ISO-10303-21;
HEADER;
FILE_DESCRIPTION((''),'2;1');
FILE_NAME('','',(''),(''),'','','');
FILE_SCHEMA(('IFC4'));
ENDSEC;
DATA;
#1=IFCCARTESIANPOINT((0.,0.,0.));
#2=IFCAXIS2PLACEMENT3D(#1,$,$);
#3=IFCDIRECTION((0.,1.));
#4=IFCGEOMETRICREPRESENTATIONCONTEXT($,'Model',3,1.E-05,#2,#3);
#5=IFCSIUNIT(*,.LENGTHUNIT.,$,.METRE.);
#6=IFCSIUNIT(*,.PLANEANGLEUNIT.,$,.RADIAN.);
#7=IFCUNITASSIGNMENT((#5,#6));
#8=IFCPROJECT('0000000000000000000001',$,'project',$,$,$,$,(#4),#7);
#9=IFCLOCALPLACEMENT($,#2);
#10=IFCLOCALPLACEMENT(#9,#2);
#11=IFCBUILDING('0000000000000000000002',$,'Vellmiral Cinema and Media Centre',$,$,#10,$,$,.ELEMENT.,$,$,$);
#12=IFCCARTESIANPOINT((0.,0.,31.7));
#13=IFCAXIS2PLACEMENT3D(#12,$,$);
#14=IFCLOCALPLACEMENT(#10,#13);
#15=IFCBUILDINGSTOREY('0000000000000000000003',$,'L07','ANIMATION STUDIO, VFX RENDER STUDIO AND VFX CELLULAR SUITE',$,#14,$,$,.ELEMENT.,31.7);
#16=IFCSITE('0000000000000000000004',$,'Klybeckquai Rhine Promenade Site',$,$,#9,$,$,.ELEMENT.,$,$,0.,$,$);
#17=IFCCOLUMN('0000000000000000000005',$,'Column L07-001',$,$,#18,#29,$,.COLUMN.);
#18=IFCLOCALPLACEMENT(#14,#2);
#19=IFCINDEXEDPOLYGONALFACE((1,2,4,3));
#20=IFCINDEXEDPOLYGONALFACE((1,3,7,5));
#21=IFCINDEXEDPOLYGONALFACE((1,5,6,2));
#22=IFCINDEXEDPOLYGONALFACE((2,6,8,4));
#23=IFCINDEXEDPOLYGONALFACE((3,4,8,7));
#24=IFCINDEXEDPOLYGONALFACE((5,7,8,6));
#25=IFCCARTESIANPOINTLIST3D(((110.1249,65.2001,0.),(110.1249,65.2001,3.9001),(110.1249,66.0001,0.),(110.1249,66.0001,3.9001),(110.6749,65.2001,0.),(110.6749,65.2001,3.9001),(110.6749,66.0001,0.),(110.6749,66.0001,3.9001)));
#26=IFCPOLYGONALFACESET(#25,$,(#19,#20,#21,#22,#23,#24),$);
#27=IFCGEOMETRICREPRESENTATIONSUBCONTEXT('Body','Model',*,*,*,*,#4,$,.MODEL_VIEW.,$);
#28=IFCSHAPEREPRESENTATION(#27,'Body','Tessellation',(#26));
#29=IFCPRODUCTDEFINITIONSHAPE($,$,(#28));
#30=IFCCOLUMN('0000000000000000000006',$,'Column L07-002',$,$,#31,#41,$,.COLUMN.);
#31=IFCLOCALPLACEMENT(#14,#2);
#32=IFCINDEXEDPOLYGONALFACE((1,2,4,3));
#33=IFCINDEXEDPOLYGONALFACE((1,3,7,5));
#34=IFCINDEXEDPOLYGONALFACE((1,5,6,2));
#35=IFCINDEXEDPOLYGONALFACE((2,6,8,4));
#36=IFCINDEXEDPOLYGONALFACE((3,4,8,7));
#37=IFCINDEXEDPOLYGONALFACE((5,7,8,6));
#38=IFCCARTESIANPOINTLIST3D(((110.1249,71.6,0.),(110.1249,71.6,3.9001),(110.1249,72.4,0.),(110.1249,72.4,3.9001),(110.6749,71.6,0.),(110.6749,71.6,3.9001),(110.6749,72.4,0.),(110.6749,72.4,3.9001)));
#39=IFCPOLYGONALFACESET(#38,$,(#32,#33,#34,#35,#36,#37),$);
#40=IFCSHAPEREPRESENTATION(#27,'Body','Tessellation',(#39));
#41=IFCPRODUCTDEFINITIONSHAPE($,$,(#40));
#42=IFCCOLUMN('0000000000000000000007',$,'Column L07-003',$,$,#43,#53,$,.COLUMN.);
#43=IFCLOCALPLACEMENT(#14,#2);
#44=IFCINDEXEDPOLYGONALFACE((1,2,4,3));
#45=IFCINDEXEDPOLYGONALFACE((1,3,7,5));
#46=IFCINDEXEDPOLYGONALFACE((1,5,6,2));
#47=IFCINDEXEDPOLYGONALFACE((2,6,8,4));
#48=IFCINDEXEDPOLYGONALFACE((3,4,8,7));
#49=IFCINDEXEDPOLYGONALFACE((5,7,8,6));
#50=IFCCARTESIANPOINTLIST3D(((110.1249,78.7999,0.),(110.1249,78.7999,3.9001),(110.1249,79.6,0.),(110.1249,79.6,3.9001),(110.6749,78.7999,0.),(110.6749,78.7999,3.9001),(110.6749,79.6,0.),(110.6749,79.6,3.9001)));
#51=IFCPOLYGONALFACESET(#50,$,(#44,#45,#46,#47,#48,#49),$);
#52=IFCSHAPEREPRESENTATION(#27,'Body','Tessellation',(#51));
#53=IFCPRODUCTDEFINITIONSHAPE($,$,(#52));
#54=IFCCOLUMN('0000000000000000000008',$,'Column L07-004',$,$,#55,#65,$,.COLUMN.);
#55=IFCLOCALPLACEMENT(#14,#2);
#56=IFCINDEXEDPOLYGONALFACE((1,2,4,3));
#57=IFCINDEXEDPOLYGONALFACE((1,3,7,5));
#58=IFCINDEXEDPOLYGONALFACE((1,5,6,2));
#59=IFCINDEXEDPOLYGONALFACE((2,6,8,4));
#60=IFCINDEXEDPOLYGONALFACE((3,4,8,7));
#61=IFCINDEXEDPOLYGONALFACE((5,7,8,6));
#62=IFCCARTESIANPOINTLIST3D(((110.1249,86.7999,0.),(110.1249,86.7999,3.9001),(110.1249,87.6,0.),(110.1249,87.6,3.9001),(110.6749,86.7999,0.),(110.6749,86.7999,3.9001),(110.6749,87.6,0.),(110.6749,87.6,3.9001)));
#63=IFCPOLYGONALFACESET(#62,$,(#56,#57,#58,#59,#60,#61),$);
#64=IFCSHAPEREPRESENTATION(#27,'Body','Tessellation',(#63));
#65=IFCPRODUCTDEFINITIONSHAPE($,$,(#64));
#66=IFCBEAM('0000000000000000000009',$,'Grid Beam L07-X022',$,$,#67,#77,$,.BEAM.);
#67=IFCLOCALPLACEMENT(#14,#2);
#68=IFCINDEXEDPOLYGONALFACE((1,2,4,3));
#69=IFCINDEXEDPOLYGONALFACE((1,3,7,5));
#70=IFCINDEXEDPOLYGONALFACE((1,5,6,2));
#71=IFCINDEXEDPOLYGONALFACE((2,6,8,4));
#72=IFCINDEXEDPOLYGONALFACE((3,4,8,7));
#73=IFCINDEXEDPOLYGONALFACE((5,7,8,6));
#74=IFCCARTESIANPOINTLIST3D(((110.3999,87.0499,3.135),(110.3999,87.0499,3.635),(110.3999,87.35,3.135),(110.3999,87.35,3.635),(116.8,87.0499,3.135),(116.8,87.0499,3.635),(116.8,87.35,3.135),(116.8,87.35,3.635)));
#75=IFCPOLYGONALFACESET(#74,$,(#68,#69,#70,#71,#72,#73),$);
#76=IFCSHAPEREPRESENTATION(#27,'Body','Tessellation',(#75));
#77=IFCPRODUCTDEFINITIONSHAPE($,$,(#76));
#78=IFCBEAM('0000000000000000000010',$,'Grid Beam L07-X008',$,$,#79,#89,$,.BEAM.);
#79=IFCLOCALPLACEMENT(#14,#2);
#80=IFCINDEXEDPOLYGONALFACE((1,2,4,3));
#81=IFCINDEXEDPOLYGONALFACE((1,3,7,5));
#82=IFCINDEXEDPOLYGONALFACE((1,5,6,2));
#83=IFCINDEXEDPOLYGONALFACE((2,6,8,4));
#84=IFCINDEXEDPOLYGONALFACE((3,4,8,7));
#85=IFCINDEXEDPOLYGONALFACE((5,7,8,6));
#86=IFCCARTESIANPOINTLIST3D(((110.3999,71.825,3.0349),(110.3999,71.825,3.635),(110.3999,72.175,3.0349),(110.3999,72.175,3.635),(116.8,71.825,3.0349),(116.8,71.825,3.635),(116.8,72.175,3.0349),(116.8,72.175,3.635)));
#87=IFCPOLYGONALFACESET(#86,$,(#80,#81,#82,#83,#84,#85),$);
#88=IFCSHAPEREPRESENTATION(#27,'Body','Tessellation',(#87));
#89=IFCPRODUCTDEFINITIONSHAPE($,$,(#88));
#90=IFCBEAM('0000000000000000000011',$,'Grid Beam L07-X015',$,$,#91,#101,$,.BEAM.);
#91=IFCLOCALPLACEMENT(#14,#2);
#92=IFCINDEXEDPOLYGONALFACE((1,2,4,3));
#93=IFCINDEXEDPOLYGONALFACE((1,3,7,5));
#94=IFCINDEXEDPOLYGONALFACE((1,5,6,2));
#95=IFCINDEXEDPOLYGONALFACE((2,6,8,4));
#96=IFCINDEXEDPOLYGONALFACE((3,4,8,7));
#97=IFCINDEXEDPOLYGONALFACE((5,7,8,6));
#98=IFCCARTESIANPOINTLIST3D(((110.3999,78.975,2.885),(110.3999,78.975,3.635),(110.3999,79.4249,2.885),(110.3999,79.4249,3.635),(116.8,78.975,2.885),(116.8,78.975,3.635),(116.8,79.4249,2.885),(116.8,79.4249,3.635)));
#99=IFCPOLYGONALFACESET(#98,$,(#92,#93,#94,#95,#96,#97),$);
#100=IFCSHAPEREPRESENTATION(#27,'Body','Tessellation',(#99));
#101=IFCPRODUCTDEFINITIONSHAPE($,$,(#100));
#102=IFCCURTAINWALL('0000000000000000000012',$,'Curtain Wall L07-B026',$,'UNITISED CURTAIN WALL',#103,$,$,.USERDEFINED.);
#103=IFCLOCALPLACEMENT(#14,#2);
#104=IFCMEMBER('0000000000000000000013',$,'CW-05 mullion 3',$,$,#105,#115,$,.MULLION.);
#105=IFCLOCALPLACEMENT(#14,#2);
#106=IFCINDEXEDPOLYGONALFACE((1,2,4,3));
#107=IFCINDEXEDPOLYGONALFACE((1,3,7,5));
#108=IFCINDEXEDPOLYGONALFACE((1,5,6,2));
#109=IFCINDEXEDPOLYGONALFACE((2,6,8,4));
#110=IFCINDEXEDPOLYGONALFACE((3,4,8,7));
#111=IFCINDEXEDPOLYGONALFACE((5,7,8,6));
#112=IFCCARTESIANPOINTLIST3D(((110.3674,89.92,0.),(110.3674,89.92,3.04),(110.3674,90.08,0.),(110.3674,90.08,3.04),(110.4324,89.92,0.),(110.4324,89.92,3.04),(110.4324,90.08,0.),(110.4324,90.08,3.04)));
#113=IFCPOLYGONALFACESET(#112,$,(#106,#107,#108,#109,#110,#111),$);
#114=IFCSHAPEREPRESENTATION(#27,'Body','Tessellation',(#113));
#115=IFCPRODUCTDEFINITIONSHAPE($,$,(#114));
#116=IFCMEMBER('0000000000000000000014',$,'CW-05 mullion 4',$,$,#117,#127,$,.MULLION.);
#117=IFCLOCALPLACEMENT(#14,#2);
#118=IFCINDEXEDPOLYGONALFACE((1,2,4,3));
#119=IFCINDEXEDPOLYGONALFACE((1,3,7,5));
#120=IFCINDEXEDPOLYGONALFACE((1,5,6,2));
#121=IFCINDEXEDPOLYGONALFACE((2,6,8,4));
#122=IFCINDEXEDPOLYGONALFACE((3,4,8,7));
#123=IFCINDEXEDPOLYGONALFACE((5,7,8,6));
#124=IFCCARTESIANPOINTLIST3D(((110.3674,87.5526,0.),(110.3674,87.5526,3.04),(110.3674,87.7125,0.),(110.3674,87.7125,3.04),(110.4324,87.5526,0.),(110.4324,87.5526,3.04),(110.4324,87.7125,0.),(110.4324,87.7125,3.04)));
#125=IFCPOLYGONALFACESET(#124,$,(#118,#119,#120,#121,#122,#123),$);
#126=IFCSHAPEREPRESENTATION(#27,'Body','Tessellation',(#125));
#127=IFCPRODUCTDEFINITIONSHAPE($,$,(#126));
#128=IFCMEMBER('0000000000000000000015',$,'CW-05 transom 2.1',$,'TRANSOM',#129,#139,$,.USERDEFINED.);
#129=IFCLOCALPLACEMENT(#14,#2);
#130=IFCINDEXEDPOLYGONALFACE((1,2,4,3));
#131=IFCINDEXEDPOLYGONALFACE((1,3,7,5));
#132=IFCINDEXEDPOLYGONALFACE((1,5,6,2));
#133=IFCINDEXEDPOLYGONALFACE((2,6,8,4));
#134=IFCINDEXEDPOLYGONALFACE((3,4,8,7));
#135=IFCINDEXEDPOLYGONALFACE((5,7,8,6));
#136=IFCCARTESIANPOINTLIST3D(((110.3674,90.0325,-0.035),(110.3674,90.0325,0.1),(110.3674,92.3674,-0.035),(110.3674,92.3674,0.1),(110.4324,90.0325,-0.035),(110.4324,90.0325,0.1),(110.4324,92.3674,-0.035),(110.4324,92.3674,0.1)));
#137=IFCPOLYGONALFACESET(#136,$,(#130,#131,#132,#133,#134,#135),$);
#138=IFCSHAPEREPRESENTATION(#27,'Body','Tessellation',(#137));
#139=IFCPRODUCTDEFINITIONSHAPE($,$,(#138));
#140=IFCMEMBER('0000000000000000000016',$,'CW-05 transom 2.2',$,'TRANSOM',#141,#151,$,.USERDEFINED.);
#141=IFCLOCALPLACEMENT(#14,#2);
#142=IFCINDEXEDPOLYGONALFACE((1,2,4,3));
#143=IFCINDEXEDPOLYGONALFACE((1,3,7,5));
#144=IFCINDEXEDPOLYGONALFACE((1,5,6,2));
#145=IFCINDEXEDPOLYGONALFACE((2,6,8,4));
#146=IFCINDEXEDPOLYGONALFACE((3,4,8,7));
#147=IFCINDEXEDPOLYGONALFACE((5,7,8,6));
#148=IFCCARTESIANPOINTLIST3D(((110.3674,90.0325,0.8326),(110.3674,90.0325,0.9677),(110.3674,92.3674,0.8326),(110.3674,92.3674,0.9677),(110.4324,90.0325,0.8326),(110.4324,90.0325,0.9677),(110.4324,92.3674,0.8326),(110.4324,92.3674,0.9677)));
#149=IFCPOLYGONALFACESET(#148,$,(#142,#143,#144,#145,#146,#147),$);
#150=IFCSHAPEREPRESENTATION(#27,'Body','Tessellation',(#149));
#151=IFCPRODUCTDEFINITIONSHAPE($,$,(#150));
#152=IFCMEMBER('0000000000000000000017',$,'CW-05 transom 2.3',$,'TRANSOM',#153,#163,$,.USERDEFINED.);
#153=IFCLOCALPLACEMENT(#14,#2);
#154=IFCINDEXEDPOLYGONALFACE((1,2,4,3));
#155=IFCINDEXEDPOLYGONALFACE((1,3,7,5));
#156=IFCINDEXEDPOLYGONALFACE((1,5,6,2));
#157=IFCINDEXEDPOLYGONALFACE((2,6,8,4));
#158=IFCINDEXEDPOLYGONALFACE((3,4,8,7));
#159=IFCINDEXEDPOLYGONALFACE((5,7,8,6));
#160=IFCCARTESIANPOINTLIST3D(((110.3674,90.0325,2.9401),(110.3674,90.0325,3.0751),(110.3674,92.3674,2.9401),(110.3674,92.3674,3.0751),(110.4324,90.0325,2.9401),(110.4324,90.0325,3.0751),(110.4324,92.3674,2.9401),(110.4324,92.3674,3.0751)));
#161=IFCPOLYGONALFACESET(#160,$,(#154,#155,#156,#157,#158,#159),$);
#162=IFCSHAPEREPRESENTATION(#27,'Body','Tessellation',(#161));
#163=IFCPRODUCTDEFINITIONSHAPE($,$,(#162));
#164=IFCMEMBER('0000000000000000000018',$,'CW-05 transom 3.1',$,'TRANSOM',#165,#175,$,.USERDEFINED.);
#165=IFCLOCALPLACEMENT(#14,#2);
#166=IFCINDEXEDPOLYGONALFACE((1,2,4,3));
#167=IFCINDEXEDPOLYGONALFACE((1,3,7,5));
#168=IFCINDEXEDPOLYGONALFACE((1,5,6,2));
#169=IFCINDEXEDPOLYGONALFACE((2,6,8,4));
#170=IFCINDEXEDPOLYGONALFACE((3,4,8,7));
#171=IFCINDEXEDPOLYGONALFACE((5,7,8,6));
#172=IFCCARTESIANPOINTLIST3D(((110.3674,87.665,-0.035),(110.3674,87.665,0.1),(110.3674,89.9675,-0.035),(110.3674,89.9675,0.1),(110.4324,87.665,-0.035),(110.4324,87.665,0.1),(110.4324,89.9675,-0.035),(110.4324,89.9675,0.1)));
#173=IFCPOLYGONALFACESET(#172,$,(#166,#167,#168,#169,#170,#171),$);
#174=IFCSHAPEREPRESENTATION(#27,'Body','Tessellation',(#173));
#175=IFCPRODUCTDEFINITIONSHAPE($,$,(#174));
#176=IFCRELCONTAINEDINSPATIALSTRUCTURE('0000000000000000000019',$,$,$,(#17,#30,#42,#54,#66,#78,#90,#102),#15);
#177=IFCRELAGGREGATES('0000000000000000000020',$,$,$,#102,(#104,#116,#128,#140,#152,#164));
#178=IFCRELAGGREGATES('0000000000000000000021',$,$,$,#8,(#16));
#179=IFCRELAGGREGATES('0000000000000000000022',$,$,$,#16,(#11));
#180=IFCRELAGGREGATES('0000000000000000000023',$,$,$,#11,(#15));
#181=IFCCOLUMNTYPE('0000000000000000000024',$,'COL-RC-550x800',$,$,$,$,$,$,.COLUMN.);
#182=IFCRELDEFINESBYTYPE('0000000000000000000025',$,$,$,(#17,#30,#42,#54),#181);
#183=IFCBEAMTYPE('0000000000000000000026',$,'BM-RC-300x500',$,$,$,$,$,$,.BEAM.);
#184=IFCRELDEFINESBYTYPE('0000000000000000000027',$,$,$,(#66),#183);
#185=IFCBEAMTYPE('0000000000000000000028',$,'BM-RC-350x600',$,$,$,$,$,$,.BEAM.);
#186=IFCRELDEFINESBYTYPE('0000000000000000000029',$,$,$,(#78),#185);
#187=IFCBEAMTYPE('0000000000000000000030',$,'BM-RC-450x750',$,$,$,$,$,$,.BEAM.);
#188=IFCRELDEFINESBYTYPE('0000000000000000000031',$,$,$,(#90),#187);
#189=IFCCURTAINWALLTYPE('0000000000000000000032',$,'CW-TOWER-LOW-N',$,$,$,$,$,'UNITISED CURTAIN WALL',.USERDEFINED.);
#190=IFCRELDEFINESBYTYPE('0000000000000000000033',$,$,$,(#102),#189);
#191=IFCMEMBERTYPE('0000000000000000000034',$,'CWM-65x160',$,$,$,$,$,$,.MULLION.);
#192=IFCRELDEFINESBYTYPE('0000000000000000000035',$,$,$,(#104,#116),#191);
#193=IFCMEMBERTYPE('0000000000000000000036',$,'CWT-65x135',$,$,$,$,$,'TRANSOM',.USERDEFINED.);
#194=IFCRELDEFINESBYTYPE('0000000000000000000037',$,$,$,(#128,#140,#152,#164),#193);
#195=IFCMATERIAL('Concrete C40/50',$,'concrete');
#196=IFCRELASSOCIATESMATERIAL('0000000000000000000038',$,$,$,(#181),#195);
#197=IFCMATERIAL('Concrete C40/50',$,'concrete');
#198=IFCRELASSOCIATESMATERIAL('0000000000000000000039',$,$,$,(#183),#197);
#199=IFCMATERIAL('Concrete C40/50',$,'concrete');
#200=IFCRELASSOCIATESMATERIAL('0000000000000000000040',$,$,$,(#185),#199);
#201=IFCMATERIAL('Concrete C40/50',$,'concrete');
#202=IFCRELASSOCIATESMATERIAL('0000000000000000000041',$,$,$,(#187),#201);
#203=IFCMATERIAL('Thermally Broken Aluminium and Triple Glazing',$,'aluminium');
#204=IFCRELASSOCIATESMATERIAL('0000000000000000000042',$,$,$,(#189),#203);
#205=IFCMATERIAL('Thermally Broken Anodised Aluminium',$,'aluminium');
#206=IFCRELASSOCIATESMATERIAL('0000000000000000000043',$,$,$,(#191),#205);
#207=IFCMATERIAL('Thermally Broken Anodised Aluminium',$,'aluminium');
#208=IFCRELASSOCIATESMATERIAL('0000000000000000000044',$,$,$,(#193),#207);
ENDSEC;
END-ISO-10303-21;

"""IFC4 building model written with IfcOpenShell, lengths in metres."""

from ifc_helpers import new_model, si_unit, direction, frame, origin, origin_2d, place, context, subcontext, project, spatial, rectangle, extrude, material, material_profile, profile_set, type_object, element, aggregate, save


model = new_model("IFC4")

# Units and contexts
model_context = context("Model", 3, precision=1e-05, world=origin(), true_north=direction((0.0, 1.0)))
body_context = subcontext(model_context, "Body", "Model", "MODEL_VIEW")
ifc_project = project(units=[si_unit("LENGTHUNIT", "METRE"), si_unit("PLANEANGLEUNIT", "RADIAN")], contexts=[model_context])

# Site, building, storey
site_placement = place(None, origin())
site = spatial("IfcSite", under=ifc_project, at=site_placement, Name="Klybeckquai Rhine Promenade Site", CompositionType="ELEMENT", RefElevation=0.0)
building_placement = place(site_placement, origin())
building = spatial("IfcBuilding", under=site, at=building_placement, Name="Vellmiral Cinema and Media Centre", CompositionType="ELEMENT")
storey_placement = place(building_placement, frame((0.0, 0.0, 31.7)))
storey = spatial("IfcBuildingStorey", under=building, at=storey_placement, Name="L07", Description="ANIMATION STUDIO, VFX RENDER STUDIO AND VFX CELLULAR SUITE", CompositionType="ELEMENT", Elevation=31.7)

# Columns
ifc_material_1 = material(Name="Concrete C40/50", Category="concrete")
ifc_material_profile_1 = material_profile(ifc_material_1, rectangle(XDim=0.55, YDim=0.8, at=origin_2d()), Name="RC 550x800")
ifc_profile_set_1 = profile_set([ifc_material_profile_1], Name="Concrete C40/50")
column_type = type_object("IfcColumnType", Name="COL-RC-550x800", PredefinedType="COLUMN", material=ifc_profile_set_1)
for number, where, z_axis, x_axis, name in (
    (1, (110.3999, 65.6001, 0.0), (0.0, 0.0, 1.0), (1.0, 0.0, 0.0), "Column L07-001"),
    (2, (110.3999, 72.0, 0.0), (0.0, 0.0, 1.0), (1.0, 0.0, 0.0), "Column L07-002"),
    (3, (110.3999, 79.2, 0.0), (0.0, 0.0, 1.0), (1.0, 0.0, 0.0), "Column L07-003"),
    (4, (110.3999, 87.2, 0.0), (0.0, 0.0, 1.0), (1.0, 0.0, 0.0), "Column L07-004"),
):
    element("IfcColumn", number, at=place(storey_placement, frame(where, z_axis=z_axis, x_axis=x_axis)), inside=storey, type_object=column_type, Name=name, PredefinedType="COLUMN", context=body_context, shape_type="SweptSolid", body=[
        extrude(rectangle(XDim=0.55, YDim=0.8, at=origin_2d()), origin(), (0.0, 0.0, 1.0), 3.9001),
    ])

# Beams
ifc_material_2 = material(Name="Concrete C40/50", Category="concrete")
ifc_material_profile_2 = material_profile(ifc_material_2, rectangle(XDim=0.3, YDim=0.5, at=origin_2d()), Name="RC 300x500")
ifc_profile_set_2 = profile_set([ifc_material_profile_2], Name="Concrete C40/50")
beam_type_1 = type_object("IfcBeamType", Name="BM-RC-300x500", PredefinedType="BEAM", material=ifc_profile_set_2)
beam_1_placement = place(storey_placement, frame((110.3999, 87.2, 3.385), z_axis=(1.0, 0.0, 0.0), x_axis=(0.0, 1.0, 0.0)))
element("IfcBeam", 5, at=beam_1_placement, inside=storey, type_object=beam_type_1, Name="Grid Beam L07-X022", PredefinedType="BEAM", context=body_context, shape_type="SweptSolid", body=[
    extrude(rectangle(XDim=0.3, YDim=0.5, at=origin_2d()), origin(), (0.0, 0.0, 1.0), 6.4001),
])
ifc_material_3 = material(Name="Concrete C40/50", Category="concrete")
ifc_material_profile_3 = material_profile(ifc_material_3, rectangle(XDim=0.3501, YDim=0.6001, at=origin_2d()), Name="RC 350x600")
ifc_profile_set_3 = profile_set([ifc_material_profile_3], Name="Concrete C40/50")
beam_type_2 = type_object("IfcBeamType", Name="BM-RC-350x600", PredefinedType="BEAM", material=ifc_profile_set_3)
beam_2_placement = place(storey_placement, frame((110.3999, 72.0, 3.335), z_axis=(1.0, 0.0, 0.0), x_axis=(0.0, 1.0, 0.0)))
element("IfcBeam", 6, at=beam_2_placement, inside=storey, type_object=beam_type_2, Name="Grid Beam L07-X008", PredefinedType="BEAM", context=body_context, shape_type="SweptSolid", body=[
    extrude(rectangle(XDim=0.3501, YDim=0.6001, at=origin_2d()), origin(), (0.0, 0.0, 1.0), 6.4001),
])
ifc_material_4 = material(Name="Concrete C40/50", Category="concrete")
ifc_material_profile_4 = material_profile(ifc_material_4, rectangle(XDim=0.45, YDim=0.75, at=origin_2d()), Name="RC 450x750")
ifc_profile_set_4 = profile_set([ifc_material_profile_4], Name="Concrete C40/50")
beam_type_3 = type_object("IfcBeamType", Name="BM-RC-450x750", PredefinedType="BEAM", material=ifc_profile_set_4)
beam_3_placement = place(storey_placement, frame((110.3999, 79.2, 3.26), z_axis=(1.0, 0.0, 0.0), x_axis=(0.0, 1.0, 0.0)))
element("IfcBeam", 7, at=beam_3_placement, inside=storey, type_object=beam_type_3, Name="Grid Beam L07-X015", PredefinedType="BEAM", context=body_context, shape_type="SweptSolid", body=[
    extrude(rectangle(XDim=0.45, YDim=0.75, at=origin_2d()), origin(), (0.0, 0.0, 1.0), 6.4001),
])

# Curtain wall, members
ifc_material_5 = material(Name="Thermally Broken Aluminium and Triple Glazing", Category="aluminium")
curtain_wall_type = type_object("IfcCurtainWallType", Name="CW-TOWER-LOW-N", ElementType="UNITISED CURTAIN WALL", PredefinedType="USERDEFINED", material=ifc_material_5)
curtain_wall_placement = place(storey_placement, origin())
curtain_wall = element("IfcCurtainWall", 8, at=curtain_wall_placement, inside=storey, type_object=curtain_wall_type, Name="Curtain Wall L07-B026", ObjectType="UNITISED CURTAIN WALL", PredefinedType="USERDEFINED")
ifc_material_6 = material(Name="Thermally Broken Anodised Aluminium", Category="aluminium")
ifc_material_profile_5 = material_profile(ifc_material_6, rectangle(XDim=0.0649, YDim=0.1599, at=origin_2d()), Name="MULL 65x160")
ifc_profile_set_5 = profile_set([ifc_material_profile_5], Name="Thermally Broken Anodised Aluminium")
member_type_1 = type_object("IfcMemberType", Name="CWM-65x160", PredefinedType="MULLION", material=ifc_profile_set_5)
member_1_placement = place(storey_placement, frame((110.3999, 90.0, 0.0), z_axis=(0.0, 0.0, 1.0), x_axis=(1.0, 0.0, 0.0)))
member_1 = element("IfcMember", 9, at=member_1_placement, type_object=member_type_1, Name="CW-05 mullion 3", PredefinedType="MULLION", context=body_context, shape_type="SweptSolid", body=[
    extrude(rectangle(XDim=0.0649, YDim=0.1599, at=origin_2d()), origin(), (0.0, 0.0, 1.0), 3.04),
])
member_2_placement = place(storey_placement, frame((110.3999, 87.6326, 0.0), z_axis=(0.0, 0.0, 1.0), x_axis=(1.0, 0.0, 0.0)))
member_2 = element("IfcMember", 10, at=member_2_placement, type_object=member_type_1, Name="CW-05 mullion 4", PredefinedType="MULLION", context=body_context, shape_type="SweptSolid", body=[
    extrude(rectangle(XDim=0.0649, YDim=0.1599, at=origin_2d()), origin(), (0.0, 0.0, 1.0), 3.04),
])
ifc_material_7 = material(Name="Thermally Broken Anodised Aluminium", Category="aluminium")
ifc_material_profile_6 = material_profile(ifc_material_7, rectangle(XDim=0.0649, YDim=0.135, at=origin_2d()), Name="MULL 65x135")
ifc_profile_set_6 = profile_set([ifc_material_profile_6], Name="Thermally Broken Anodised Aluminium")
member_type_2 = type_object("IfcMemberType", Name="CWT-65x135", ElementType="TRANSOM", PredefinedType="USERDEFINED", material=ifc_profile_set_6)
member_3_placement = place(storey_placement, frame((110.3999, 92.3674, 0.0325), z_axis=(0.0, -1.0, 0.0), x_axis=(1.0, 0.0, 0.0)))
member_3 = element("IfcMember", 11, at=member_3_placement, type_object=member_type_2, Name="CW-05 transom 2.1", ObjectType="TRANSOM", PredefinedType="USERDEFINED", context=body_context, shape_type="SweptSolid", body=[
    extrude(rectangle(XDim=0.0649, YDim=0.135, at=origin_2d()), origin(), (0.0, 0.0, 1.0), 2.335),
])
member_4_placement = place(storey_placement, frame((110.3999, 92.3674, 0.9001), z_axis=(0.0, -1.0, 0.0), x_axis=(1.0, 0.0, 0.0)))
member_4 = element("IfcMember", 12, at=member_4_placement, type_object=member_type_2, Name="CW-05 transom 2.2", ObjectType="TRANSOM", PredefinedType="USERDEFINED", context=body_context, shape_type="SweptSolid", body=[
    extrude(rectangle(XDim=0.0649, YDim=0.135, at=origin_2d()), origin(), (0.0, 0.0, 1.0), 2.335),
])
member_5_placement = place(storey_placement, frame((110.3999, 92.3674, 3.0076), z_axis=(0.0, -1.0, 0.0), x_axis=(1.0, 0.0, 0.0)))
member_5 = element("IfcMember", 13, at=member_5_placement, type_object=member_type_2, Name="CW-05 transom 2.3", ObjectType="TRANSOM", PredefinedType="USERDEFINED", context=body_context, shape_type="SweptSolid", body=[
    extrude(rectangle(XDim=0.0649, YDim=0.135, at=origin_2d()), origin(), (0.0, 0.0, 1.0), 2.335),
])
member_6_placement = place(storey_placement, frame((110.3999, 89.9675, 0.0325), z_axis=(0.0, -1.0, 0.0), x_axis=(1.0, 0.0, 0.0)))
member_6 = element("IfcMember", 14, at=member_6_placement, type_object=member_type_2, Name="CW-05 transom 3.1", ObjectType="TRANSOM", PredefinedType="USERDEFINED", context=body_context, shape_type="SweptSolid", body=[
    extrude(rectangle(XDim=0.0649, YDim=0.135, at=origin_2d()), origin(), (0.0, 0.0, 1.0), 2.3025),
])

aggregate(curtain_wall, [member_1, member_2, member_3, member_4, member_5, member_6])

save(model, "model.ifc")
